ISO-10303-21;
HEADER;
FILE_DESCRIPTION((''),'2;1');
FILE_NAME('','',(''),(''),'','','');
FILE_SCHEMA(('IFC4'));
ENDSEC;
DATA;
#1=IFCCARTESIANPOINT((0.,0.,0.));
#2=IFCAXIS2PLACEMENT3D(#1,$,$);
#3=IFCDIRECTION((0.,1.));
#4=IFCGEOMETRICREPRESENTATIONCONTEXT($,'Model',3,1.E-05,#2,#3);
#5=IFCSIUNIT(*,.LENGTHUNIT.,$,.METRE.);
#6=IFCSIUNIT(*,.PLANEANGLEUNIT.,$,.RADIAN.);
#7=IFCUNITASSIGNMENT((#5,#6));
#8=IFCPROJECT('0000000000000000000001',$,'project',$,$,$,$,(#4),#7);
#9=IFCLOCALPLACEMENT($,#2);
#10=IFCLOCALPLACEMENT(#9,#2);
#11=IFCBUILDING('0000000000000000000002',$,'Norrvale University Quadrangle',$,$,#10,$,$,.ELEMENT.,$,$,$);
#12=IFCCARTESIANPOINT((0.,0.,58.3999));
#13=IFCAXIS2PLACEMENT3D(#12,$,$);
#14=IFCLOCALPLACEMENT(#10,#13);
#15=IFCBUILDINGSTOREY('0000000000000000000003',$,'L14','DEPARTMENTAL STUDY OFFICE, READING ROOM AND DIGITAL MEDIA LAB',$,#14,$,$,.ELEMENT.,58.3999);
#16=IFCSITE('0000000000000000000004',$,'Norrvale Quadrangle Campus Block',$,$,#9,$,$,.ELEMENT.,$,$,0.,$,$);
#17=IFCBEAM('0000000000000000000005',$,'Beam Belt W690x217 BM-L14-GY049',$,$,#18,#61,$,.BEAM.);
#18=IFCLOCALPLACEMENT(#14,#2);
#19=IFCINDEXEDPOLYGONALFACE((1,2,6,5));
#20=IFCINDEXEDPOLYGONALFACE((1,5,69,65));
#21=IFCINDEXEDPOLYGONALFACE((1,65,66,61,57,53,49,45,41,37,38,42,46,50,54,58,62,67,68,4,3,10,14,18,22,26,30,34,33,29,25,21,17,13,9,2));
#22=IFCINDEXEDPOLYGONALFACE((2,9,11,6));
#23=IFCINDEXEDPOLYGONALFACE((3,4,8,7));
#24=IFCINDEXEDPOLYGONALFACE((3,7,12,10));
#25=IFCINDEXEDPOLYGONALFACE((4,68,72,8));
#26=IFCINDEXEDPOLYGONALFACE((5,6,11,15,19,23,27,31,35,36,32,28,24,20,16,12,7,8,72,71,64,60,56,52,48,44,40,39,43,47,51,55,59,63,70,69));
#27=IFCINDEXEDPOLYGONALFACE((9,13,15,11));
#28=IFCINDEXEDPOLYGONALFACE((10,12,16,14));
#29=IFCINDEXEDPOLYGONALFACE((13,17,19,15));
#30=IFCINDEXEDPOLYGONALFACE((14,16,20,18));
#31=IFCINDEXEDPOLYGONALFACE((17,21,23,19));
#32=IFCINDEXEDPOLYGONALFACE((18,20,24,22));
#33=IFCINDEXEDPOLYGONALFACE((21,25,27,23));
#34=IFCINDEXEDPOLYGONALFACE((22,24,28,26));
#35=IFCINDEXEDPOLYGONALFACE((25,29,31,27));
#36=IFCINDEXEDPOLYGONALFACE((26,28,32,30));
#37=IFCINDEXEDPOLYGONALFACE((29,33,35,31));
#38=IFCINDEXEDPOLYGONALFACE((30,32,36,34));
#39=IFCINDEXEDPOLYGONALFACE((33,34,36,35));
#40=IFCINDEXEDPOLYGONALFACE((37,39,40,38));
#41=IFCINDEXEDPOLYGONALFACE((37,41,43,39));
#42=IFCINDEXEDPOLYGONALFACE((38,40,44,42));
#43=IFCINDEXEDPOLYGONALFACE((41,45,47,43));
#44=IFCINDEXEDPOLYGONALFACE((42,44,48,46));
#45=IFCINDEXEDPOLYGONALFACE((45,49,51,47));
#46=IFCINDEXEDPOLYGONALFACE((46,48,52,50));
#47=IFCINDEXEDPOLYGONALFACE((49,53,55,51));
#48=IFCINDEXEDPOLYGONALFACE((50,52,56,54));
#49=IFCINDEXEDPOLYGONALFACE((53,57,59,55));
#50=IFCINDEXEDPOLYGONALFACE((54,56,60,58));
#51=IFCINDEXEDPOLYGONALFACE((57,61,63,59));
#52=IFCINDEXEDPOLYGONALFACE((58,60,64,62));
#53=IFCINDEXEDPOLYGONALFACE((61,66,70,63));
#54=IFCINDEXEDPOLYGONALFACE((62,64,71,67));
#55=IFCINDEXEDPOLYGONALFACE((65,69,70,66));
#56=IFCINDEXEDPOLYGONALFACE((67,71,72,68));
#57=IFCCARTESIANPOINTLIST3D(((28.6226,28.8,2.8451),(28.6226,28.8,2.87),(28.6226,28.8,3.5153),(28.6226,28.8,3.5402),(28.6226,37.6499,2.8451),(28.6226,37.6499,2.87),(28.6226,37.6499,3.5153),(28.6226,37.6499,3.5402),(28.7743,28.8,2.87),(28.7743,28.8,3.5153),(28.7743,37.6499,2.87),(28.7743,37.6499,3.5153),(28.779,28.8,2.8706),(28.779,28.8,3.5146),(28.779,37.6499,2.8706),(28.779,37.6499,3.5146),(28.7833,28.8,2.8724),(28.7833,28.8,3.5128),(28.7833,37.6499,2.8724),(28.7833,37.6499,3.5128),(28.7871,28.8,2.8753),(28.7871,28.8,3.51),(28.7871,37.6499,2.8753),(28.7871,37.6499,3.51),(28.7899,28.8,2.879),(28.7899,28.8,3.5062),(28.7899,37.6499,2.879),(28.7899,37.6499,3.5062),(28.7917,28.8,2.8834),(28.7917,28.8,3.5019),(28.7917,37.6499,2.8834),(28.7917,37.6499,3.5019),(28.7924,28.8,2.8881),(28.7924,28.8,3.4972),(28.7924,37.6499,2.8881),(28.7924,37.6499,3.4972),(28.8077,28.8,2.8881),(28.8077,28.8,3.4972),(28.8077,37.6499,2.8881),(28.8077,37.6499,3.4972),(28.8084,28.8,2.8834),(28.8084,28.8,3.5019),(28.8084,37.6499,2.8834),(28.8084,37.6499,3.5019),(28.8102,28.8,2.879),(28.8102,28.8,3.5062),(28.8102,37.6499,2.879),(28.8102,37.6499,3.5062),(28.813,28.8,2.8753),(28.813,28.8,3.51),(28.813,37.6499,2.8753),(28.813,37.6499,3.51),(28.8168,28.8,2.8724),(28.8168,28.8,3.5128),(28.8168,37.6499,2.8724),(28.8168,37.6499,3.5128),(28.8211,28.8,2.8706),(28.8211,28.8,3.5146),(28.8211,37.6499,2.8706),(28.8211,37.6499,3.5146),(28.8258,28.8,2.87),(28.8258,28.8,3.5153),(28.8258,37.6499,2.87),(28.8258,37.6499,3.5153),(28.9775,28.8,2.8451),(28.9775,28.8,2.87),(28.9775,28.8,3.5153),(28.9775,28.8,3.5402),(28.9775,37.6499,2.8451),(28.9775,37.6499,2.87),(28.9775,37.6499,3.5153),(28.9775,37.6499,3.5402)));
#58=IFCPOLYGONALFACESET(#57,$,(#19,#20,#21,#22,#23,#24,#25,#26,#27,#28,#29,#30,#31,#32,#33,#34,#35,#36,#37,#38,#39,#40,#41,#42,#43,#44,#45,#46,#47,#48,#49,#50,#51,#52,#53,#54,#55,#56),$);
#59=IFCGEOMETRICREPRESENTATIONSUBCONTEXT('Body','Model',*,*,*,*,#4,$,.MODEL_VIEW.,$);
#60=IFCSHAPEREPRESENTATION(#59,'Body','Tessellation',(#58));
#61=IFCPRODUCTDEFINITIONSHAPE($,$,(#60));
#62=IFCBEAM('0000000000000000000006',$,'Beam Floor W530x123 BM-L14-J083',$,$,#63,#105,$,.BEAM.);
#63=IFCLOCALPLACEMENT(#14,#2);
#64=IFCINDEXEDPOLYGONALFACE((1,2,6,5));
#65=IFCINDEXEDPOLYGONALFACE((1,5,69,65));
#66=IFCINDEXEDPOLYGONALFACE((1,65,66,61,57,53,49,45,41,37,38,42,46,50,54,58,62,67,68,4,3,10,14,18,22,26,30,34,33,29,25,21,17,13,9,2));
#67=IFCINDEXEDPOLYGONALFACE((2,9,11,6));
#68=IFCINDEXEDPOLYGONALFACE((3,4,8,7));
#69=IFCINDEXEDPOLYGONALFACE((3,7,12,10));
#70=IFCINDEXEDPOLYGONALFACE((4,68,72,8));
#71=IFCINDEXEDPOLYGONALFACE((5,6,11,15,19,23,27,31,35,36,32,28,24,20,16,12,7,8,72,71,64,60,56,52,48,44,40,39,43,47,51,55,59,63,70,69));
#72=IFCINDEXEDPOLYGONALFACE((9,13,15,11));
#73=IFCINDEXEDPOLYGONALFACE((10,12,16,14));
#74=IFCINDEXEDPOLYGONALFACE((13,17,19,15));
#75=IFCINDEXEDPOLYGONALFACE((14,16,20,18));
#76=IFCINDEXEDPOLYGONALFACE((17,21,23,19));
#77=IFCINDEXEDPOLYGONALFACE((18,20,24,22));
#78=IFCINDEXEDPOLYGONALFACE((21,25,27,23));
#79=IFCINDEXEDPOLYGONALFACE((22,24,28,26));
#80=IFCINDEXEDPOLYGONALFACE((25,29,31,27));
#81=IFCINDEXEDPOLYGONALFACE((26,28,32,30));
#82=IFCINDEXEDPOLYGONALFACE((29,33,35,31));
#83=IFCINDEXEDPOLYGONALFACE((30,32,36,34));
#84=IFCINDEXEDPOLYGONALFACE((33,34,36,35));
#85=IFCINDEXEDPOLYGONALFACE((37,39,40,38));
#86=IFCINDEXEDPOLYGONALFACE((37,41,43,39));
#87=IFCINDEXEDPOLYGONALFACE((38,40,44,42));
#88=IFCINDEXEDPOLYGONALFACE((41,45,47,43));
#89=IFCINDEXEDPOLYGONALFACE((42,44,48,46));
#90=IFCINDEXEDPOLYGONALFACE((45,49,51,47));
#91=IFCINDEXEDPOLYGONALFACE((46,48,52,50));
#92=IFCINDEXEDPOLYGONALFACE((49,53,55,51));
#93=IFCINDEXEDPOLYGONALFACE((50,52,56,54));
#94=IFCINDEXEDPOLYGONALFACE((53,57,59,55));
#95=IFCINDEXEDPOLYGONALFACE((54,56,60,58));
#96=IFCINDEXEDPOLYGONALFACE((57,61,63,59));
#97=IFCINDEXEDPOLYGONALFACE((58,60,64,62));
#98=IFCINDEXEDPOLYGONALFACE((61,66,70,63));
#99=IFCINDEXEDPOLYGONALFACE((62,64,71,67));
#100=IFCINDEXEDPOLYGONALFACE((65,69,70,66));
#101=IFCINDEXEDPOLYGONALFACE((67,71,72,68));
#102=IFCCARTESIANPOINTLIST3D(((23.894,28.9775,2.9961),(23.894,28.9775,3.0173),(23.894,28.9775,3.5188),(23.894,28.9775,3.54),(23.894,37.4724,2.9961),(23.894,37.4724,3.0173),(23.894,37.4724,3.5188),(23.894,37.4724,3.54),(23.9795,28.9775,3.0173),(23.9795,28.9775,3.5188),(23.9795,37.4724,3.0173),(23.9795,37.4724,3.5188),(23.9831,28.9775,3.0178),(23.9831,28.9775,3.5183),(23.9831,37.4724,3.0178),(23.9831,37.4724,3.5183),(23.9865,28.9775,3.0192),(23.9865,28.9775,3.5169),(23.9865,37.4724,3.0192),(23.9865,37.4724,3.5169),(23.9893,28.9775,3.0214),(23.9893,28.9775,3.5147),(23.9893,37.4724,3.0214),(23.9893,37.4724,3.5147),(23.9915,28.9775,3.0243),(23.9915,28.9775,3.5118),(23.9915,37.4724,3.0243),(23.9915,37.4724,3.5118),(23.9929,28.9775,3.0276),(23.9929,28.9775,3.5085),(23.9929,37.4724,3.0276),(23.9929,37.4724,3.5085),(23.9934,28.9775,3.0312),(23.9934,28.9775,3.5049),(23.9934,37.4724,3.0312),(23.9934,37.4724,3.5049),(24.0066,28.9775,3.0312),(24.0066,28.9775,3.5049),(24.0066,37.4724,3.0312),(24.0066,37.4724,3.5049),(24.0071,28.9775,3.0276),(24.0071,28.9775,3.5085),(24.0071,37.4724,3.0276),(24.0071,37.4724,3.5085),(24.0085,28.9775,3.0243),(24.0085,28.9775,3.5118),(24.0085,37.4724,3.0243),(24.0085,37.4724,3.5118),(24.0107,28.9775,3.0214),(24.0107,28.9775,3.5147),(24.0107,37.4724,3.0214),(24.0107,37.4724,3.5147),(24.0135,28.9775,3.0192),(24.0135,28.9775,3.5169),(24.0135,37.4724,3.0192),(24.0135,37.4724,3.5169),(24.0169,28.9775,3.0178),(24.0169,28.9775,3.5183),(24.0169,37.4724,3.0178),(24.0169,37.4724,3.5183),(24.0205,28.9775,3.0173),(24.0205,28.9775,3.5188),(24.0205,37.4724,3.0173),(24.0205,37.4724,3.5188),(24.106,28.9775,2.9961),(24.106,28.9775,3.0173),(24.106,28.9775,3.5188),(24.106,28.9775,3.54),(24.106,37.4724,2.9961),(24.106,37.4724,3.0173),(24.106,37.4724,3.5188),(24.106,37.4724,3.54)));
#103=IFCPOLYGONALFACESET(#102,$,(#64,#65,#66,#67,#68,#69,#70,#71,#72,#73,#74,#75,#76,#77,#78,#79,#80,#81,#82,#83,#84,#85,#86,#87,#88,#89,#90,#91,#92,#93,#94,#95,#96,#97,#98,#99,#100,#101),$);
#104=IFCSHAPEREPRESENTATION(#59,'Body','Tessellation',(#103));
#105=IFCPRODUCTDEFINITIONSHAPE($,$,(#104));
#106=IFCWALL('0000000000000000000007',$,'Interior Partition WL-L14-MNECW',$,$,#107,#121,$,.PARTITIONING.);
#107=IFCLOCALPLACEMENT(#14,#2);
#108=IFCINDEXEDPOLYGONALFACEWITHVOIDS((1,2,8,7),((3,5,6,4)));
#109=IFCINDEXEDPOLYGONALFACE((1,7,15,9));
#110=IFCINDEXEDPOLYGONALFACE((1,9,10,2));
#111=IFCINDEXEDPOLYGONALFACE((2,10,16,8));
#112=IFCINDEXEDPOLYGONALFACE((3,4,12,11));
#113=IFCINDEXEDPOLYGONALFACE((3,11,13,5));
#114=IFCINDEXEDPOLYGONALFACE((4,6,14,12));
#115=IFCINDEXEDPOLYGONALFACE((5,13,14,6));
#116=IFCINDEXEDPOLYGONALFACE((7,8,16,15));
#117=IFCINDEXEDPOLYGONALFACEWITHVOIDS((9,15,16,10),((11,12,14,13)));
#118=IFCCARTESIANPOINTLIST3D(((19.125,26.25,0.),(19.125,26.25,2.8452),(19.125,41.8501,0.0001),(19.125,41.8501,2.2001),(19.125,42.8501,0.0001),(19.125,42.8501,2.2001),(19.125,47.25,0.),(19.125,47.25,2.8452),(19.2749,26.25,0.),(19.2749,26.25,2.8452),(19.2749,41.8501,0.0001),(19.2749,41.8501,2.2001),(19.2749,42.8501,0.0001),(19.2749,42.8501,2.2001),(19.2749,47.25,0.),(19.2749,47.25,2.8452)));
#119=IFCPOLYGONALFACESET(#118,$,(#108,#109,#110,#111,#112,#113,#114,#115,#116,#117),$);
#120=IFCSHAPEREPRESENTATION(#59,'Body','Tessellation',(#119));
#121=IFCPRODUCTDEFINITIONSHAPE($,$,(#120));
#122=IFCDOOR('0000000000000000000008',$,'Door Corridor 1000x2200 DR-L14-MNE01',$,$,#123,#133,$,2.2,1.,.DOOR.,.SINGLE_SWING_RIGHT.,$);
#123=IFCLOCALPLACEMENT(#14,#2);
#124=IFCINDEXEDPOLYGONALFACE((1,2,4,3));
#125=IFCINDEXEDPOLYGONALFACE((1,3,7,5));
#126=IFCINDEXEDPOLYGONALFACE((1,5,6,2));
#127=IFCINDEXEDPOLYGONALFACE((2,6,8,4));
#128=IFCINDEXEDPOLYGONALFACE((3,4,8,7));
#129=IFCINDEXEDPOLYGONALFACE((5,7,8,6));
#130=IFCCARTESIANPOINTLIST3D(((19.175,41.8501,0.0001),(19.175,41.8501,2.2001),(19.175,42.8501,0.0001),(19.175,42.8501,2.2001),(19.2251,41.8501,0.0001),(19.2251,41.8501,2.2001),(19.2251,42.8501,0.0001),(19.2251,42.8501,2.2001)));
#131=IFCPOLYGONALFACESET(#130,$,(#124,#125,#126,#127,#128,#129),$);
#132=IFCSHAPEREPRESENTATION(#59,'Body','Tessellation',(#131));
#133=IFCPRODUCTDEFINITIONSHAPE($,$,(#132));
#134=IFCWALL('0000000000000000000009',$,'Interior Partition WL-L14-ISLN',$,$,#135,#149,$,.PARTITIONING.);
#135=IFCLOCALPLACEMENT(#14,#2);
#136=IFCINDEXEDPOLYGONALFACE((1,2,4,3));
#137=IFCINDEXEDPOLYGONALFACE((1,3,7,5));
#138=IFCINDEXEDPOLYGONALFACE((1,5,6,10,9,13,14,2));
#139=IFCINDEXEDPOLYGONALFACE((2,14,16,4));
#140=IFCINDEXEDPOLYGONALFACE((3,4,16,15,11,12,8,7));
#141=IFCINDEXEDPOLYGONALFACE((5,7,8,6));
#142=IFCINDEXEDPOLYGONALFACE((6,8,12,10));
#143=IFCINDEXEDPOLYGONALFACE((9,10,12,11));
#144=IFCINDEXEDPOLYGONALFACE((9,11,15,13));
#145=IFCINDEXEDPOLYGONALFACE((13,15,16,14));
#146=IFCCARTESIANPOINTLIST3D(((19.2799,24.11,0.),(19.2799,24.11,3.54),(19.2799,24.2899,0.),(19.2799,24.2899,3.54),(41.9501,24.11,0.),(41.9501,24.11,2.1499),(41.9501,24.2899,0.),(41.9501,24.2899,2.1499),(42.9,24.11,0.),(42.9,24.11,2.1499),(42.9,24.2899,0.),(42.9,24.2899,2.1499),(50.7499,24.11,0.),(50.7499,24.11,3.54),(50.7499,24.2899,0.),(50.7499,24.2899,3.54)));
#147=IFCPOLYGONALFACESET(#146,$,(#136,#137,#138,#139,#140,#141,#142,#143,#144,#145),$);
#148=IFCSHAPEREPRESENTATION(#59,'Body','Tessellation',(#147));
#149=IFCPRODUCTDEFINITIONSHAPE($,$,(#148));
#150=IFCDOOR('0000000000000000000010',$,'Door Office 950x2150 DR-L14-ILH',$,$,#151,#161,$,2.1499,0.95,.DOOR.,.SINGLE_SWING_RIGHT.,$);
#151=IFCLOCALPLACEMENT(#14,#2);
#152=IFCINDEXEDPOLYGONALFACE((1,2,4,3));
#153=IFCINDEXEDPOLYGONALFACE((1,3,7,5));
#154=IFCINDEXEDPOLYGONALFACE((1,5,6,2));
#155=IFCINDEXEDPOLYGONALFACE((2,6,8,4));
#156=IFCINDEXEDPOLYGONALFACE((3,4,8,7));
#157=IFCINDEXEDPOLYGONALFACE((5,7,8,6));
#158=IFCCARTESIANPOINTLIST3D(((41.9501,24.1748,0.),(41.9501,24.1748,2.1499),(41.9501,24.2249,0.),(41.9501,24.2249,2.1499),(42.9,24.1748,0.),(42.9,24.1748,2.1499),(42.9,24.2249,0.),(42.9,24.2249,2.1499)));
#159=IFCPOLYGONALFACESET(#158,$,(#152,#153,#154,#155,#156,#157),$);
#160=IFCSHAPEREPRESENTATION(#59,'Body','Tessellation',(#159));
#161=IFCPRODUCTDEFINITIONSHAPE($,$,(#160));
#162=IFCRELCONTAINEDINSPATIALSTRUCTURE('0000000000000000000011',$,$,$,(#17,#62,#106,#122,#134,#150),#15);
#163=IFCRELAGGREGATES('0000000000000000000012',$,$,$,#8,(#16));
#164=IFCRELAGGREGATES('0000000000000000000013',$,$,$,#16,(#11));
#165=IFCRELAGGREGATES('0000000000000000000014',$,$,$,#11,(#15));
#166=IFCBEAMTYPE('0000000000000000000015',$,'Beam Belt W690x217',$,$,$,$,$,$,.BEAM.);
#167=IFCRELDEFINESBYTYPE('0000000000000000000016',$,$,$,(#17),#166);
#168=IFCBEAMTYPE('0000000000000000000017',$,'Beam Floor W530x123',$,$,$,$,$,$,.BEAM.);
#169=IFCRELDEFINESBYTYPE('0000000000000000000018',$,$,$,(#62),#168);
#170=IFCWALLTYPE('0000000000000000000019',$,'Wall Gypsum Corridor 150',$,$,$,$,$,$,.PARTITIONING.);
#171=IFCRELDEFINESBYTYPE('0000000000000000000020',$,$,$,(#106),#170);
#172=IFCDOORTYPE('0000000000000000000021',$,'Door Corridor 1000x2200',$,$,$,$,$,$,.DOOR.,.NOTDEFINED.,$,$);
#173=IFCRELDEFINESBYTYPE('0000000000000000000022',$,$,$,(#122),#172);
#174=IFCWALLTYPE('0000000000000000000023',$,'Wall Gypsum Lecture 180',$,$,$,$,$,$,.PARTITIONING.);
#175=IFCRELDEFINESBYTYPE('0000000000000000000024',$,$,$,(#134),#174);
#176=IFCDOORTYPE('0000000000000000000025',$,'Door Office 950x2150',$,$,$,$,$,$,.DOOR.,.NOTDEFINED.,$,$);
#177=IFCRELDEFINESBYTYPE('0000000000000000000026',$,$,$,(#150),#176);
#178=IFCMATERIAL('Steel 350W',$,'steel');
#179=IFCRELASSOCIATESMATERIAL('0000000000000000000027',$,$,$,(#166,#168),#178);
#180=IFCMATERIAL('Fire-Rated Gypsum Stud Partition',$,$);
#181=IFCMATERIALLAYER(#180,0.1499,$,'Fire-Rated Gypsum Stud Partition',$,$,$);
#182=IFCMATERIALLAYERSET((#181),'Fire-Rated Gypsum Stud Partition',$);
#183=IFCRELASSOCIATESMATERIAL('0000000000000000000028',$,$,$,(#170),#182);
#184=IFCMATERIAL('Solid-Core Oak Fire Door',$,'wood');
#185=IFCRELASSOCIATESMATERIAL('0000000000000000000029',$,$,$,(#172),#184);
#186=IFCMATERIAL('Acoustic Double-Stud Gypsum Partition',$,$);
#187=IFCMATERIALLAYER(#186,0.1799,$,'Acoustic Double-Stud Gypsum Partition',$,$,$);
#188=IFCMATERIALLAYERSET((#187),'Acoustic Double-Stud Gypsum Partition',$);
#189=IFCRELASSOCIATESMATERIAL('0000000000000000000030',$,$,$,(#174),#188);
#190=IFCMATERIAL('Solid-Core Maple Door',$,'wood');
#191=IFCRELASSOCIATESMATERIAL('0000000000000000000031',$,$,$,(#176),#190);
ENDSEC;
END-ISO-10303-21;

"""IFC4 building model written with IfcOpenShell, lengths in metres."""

from ifc_helpers import new_model, si_unit, direction, frame, frame_2d, origin, origin_2d, place, context, subcontext, project, spatial, rectangle, i_section, extrude, material, layer, layer_set, material_profile, profile_set, type_object, element, fill, save


model = new_model("IFC4")

# Units and contexts
model_context = context("Model", 3, precision=1e-05, world=origin(), true_north=direction((0.0, 1.0)))
body_context = subcontext(model_context, "Body", "Model", "MODEL_VIEW")
ifc_project = project(units=[si_unit("LENGTHUNIT", "METRE"), si_unit("PLANEANGLEUNIT", "RADIAN")], contexts=[model_context])

# Site, building, storey
site_placement = place(None, origin())
site = spatial("IfcSite", under=ifc_project, at=site_placement, Name="Norrvale Quadrangle Campus Block", CompositionType="ELEMENT", RefElevation=0.0)
building_placement = place(site_placement, origin())
building = spatial("IfcBuilding", under=site, at=building_placement, Name="Norrvale University Quadrangle", CompositionType="ELEMENT")
storey_placement = place(building_placement, frame((0.0, 0.0, 58.3999)))
storey = spatial("IfcBuildingStorey", under=building, at=storey_placement, Name="L14", Description="DEPARTMENTAL STUDY OFFICE, READING ROOM AND DIGITAL MEDIA LAB", CompositionType="ELEMENT", Elevation=58.3999)

# Beams
ifc_material_1 = material(Name="Steel 350W", Category="steel")
ifc_material_profile_1 = material_profile(ifc_material_1, i_section(OverallWidth=0.355, OverallDepth=0.6951, WebThickness=0.0154, FlangeThickness=0.0249, FilletRadius=0.0181, at=origin_2d()), Name="Steel 350W")
ifc_profile_set_1 = profile_set([ifc_material_profile_1], Name="Steel 350W")
beam_type_1 = type_object("IfcBeamType", Name="Beam Belt W690x217", PredefinedType="BEAM", material=ifc_profile_set_1)
for number, where, z_axis, x_axis, name in (
    (1, (28.8, 28.8, 3.1926), (0.0, 1.0, 0.0), (-1.0, 0.0, 0.0), "Beam Belt W690x217 BM-L14-GY049"),
):
    element("IfcBeam", number, at=place(storey_placement, frame(where, z_axis=z_axis, x_axis=x_axis)), inside=storey, type_object=beam_type_1, Name=name, PredefinedType="BEAM", context=body_context, shape_type="SweptSolid", body=[
        extrude(i_section(OverallWidth=0.355, OverallDepth=0.6951, WebThickness=0.0154, FlangeThickness=0.0249, FilletRadius=0.0181, at=origin_2d()), origin(), (0.0, 0.0, 1.0), 8.8499),
    ])
ifc_material_profile_2 = material_profile(ifc_material_1, i_section(OverallWidth=0.2119, OverallDepth=0.5439, WebThickness=0.0132, FlangeThickness=0.0212, FilletRadius=0.0139, at=origin_2d()), Name="Steel 350W")
ifc_profile_set_2 = profile_set([ifc_material_profile_2], Name="Steel 350W")
beam_type_2 = type_object("IfcBeamType", Name="Beam Floor W530x123", PredefinedType="BEAM", material=ifc_profile_set_2)
beam_1_placement = place(storey_placement, frame((24.0, 28.9775, 3.2681), z_axis=(0.0, 1.0, 0.0), x_axis=(-1.0, 0.0, 0.0)))
element("IfcBeam", 2, at=beam_1_placement, inside=storey, type_object=beam_type_2, Name="Beam Floor W530x123 BM-L14-J083", PredefinedType="BEAM", context=body_context, shape_type="SweptSolid", body=[
    extrude(i_section(OverallWidth=0.2119, OverallDepth=0.5439, WebThickness=0.0132, FlangeThickness=0.0212, FilletRadius=0.0139, at=origin_2d()), origin(), (0.0, 0.0, 1.0), 8.4949),
])

# Walls, openings, doors
ifc_material_2 = material(Name="Fire-Rated Gypsum Stud Partition")
ifc_layer_1 = layer(ifc_material_2, 0.1499, Name="Fire-Rated Gypsum Stud Partition")
ifc_layer_set_1 = layer_set([ifc_layer_1], Name="Fire-Rated Gypsum Stud Partition")
wall_type_1 = type_object("IfcWallType", Name="Wall Gypsum Corridor 150", PredefinedType="PARTITIONING", material=ifc_layer_set_1)
wall_1_placement = place(storey_placement, frame((19.2, 26.25, 0.0), z_axis=(0.0, 0.0, 1.0), x_axis=(0.0, 1.0, 0.0)))
wall_1 = element("IfcWall", 3, at=wall_1_placement, inside=storey, type_object=wall_type_1, Name="Interior Partition WL-L14-MNECW", PredefinedType="PARTITIONING", context=body_context, shape_type="SweptSolid", body=[
    extrude(rectangle(XDim=21.0, YDim=0.1499, at=frame_2d((10.5, 0.0))), origin(), (0.0, 0.0, 1.0), 2.8452),
])
opening_1_placement = place(wall_1_placement, frame((15.6001, 0.0, 0.0)))
opening_1 = element("IfcOpeningElement", 4, at=opening_1_placement, cuts=wall_1, PredefinedType="OPENING", context=body_context, shape_type="SweptSolid", body=[
    extrude(rectangle(XDim=1.0, YDim=2.2, at=frame_2d((0.5, 1.1001))), frame((0.0, 0.0869, 0.0), z_axis=(0.0, -1.0, 0.0), x_axis=(1.0, 0.0, 0.0)), (0.0, 0.0, 1.0), 0.1738),
])
ifc_material_3 = material(Name="Solid-Core Oak Fire Door", Category="wood")
door_type_1 = type_object("IfcDoorType", Name="Door Corridor 1000x2200", OperationType="NOTDEFINED", PredefinedType="DOOR", material=ifc_material_3)
door_1_placement = place(opening_1_placement, origin())
door_1 = element("IfcDoor", 5, at=door_1_placement, inside=storey, type_object=door_type_1, Name="Door Corridor 1000x2200 DR-L14-MNE01", OperationType="SINGLE_SWING_RIGHT", OverallHeight=2.2, OverallWidth=1.0, PredefinedType="DOOR", context=body_context, shape_type="SweptSolid", body=[
    extrude(rectangle(XDim=1.0, YDim=2.2, at=frame_2d((0.5, 1.1001))), frame((0.0, 0.0249, 0.0), z_axis=(0.0, -1.0, 0.0), x_axis=(1.0, 0.0, 0.0)), (0.0, 0.0, 1.0), 0.05),
])
fill(opening_1, door_1)
ifc_material_4 = material(Name="Acoustic Double-Stud Gypsum Partition")
ifc_layer_2 = layer(ifc_material_4, 0.1799, Name="Acoustic Double-Stud Gypsum Partition")
ifc_layer_set_2 = layer_set([ifc_layer_2], Name="Acoustic Double-Stud Gypsum Partition")
wall_type_2 = type_object("IfcWallType", Name="Wall Gypsum Lecture 180", PredefinedType="PARTITIONING", material=ifc_layer_set_2)
wall_2_placement = place(storey_placement, frame((19.28, 24.2, 0.0), z_axis=(0.0, 0.0, 1.0), x_axis=(1.0, 0.0, 0.0)))
wall_2 = element("IfcWall", 6, at=wall_2_placement, inside=storey, type_object=wall_type_2, Name="Interior Partition WL-L14-ISLN", PredefinedType="PARTITIONING", context=body_context, shape_type="SweptSolid", body=[
    extrude(rectangle(XDim=31.47, YDim=0.1799, at=frame_2d((15.7349, 0.0))), origin(), (0.0, 0.0, 1.0), 3.54),
])
opening_2_placement = place(wall_2_placement, frame((22.6699, 0.0, 0.0)))
opening_2 = element("IfcOpeningElement", 7, at=opening_2_placement, cuts=wall_2, PredefinedType="OPENING", context=body_context, shape_type="SweptSolid", body=[
    extrude(rectangle(XDim=0.95, YDim=2.1499, at=frame_2d((0.4751, 1.075))), frame((0.0, 0.1021, 0.0), z_axis=(0.0, -1.0, 0.0), x_axis=(1.0, 0.0, 0.0)), (0.0, 0.0, 1.0), 0.2039),
])
ifc_material_5 = material(Name="Solid-Core Maple Door", Category="wood")
door_type_2 = type_object("IfcDoorType", Name="Door Office 950x2150", OperationType="NOTDEFINED", PredefinedType="DOOR", material=ifc_material_5)
door_2_placement = place(opening_2_placement, origin())
door_2 = element("IfcDoor", 8, at=door_2_placement, inside=storey, type_object=door_type_2, Name="Door Office 950x2150 DR-L14-ILH", OperationType="SINGLE_SWING_RIGHT", OverallHeight=2.1499, OverallWidth=0.95, PredefinedType="DOOR", context=body_context, shape_type="SweptSolid", body=[
    extrude(rectangle(XDim=0.95, YDim=2.1499, at=frame_2d((0.4751, 1.075))), frame((0.0, 0.0249, 0.0), z_axis=(0.0, -1.0, 0.0), x_axis=(1.0, 0.0, 0.0)), (0.0, 0.0, 1.0), 0.05),
])
fill(opening_2, door_2)

save(model, "model.ifc")
